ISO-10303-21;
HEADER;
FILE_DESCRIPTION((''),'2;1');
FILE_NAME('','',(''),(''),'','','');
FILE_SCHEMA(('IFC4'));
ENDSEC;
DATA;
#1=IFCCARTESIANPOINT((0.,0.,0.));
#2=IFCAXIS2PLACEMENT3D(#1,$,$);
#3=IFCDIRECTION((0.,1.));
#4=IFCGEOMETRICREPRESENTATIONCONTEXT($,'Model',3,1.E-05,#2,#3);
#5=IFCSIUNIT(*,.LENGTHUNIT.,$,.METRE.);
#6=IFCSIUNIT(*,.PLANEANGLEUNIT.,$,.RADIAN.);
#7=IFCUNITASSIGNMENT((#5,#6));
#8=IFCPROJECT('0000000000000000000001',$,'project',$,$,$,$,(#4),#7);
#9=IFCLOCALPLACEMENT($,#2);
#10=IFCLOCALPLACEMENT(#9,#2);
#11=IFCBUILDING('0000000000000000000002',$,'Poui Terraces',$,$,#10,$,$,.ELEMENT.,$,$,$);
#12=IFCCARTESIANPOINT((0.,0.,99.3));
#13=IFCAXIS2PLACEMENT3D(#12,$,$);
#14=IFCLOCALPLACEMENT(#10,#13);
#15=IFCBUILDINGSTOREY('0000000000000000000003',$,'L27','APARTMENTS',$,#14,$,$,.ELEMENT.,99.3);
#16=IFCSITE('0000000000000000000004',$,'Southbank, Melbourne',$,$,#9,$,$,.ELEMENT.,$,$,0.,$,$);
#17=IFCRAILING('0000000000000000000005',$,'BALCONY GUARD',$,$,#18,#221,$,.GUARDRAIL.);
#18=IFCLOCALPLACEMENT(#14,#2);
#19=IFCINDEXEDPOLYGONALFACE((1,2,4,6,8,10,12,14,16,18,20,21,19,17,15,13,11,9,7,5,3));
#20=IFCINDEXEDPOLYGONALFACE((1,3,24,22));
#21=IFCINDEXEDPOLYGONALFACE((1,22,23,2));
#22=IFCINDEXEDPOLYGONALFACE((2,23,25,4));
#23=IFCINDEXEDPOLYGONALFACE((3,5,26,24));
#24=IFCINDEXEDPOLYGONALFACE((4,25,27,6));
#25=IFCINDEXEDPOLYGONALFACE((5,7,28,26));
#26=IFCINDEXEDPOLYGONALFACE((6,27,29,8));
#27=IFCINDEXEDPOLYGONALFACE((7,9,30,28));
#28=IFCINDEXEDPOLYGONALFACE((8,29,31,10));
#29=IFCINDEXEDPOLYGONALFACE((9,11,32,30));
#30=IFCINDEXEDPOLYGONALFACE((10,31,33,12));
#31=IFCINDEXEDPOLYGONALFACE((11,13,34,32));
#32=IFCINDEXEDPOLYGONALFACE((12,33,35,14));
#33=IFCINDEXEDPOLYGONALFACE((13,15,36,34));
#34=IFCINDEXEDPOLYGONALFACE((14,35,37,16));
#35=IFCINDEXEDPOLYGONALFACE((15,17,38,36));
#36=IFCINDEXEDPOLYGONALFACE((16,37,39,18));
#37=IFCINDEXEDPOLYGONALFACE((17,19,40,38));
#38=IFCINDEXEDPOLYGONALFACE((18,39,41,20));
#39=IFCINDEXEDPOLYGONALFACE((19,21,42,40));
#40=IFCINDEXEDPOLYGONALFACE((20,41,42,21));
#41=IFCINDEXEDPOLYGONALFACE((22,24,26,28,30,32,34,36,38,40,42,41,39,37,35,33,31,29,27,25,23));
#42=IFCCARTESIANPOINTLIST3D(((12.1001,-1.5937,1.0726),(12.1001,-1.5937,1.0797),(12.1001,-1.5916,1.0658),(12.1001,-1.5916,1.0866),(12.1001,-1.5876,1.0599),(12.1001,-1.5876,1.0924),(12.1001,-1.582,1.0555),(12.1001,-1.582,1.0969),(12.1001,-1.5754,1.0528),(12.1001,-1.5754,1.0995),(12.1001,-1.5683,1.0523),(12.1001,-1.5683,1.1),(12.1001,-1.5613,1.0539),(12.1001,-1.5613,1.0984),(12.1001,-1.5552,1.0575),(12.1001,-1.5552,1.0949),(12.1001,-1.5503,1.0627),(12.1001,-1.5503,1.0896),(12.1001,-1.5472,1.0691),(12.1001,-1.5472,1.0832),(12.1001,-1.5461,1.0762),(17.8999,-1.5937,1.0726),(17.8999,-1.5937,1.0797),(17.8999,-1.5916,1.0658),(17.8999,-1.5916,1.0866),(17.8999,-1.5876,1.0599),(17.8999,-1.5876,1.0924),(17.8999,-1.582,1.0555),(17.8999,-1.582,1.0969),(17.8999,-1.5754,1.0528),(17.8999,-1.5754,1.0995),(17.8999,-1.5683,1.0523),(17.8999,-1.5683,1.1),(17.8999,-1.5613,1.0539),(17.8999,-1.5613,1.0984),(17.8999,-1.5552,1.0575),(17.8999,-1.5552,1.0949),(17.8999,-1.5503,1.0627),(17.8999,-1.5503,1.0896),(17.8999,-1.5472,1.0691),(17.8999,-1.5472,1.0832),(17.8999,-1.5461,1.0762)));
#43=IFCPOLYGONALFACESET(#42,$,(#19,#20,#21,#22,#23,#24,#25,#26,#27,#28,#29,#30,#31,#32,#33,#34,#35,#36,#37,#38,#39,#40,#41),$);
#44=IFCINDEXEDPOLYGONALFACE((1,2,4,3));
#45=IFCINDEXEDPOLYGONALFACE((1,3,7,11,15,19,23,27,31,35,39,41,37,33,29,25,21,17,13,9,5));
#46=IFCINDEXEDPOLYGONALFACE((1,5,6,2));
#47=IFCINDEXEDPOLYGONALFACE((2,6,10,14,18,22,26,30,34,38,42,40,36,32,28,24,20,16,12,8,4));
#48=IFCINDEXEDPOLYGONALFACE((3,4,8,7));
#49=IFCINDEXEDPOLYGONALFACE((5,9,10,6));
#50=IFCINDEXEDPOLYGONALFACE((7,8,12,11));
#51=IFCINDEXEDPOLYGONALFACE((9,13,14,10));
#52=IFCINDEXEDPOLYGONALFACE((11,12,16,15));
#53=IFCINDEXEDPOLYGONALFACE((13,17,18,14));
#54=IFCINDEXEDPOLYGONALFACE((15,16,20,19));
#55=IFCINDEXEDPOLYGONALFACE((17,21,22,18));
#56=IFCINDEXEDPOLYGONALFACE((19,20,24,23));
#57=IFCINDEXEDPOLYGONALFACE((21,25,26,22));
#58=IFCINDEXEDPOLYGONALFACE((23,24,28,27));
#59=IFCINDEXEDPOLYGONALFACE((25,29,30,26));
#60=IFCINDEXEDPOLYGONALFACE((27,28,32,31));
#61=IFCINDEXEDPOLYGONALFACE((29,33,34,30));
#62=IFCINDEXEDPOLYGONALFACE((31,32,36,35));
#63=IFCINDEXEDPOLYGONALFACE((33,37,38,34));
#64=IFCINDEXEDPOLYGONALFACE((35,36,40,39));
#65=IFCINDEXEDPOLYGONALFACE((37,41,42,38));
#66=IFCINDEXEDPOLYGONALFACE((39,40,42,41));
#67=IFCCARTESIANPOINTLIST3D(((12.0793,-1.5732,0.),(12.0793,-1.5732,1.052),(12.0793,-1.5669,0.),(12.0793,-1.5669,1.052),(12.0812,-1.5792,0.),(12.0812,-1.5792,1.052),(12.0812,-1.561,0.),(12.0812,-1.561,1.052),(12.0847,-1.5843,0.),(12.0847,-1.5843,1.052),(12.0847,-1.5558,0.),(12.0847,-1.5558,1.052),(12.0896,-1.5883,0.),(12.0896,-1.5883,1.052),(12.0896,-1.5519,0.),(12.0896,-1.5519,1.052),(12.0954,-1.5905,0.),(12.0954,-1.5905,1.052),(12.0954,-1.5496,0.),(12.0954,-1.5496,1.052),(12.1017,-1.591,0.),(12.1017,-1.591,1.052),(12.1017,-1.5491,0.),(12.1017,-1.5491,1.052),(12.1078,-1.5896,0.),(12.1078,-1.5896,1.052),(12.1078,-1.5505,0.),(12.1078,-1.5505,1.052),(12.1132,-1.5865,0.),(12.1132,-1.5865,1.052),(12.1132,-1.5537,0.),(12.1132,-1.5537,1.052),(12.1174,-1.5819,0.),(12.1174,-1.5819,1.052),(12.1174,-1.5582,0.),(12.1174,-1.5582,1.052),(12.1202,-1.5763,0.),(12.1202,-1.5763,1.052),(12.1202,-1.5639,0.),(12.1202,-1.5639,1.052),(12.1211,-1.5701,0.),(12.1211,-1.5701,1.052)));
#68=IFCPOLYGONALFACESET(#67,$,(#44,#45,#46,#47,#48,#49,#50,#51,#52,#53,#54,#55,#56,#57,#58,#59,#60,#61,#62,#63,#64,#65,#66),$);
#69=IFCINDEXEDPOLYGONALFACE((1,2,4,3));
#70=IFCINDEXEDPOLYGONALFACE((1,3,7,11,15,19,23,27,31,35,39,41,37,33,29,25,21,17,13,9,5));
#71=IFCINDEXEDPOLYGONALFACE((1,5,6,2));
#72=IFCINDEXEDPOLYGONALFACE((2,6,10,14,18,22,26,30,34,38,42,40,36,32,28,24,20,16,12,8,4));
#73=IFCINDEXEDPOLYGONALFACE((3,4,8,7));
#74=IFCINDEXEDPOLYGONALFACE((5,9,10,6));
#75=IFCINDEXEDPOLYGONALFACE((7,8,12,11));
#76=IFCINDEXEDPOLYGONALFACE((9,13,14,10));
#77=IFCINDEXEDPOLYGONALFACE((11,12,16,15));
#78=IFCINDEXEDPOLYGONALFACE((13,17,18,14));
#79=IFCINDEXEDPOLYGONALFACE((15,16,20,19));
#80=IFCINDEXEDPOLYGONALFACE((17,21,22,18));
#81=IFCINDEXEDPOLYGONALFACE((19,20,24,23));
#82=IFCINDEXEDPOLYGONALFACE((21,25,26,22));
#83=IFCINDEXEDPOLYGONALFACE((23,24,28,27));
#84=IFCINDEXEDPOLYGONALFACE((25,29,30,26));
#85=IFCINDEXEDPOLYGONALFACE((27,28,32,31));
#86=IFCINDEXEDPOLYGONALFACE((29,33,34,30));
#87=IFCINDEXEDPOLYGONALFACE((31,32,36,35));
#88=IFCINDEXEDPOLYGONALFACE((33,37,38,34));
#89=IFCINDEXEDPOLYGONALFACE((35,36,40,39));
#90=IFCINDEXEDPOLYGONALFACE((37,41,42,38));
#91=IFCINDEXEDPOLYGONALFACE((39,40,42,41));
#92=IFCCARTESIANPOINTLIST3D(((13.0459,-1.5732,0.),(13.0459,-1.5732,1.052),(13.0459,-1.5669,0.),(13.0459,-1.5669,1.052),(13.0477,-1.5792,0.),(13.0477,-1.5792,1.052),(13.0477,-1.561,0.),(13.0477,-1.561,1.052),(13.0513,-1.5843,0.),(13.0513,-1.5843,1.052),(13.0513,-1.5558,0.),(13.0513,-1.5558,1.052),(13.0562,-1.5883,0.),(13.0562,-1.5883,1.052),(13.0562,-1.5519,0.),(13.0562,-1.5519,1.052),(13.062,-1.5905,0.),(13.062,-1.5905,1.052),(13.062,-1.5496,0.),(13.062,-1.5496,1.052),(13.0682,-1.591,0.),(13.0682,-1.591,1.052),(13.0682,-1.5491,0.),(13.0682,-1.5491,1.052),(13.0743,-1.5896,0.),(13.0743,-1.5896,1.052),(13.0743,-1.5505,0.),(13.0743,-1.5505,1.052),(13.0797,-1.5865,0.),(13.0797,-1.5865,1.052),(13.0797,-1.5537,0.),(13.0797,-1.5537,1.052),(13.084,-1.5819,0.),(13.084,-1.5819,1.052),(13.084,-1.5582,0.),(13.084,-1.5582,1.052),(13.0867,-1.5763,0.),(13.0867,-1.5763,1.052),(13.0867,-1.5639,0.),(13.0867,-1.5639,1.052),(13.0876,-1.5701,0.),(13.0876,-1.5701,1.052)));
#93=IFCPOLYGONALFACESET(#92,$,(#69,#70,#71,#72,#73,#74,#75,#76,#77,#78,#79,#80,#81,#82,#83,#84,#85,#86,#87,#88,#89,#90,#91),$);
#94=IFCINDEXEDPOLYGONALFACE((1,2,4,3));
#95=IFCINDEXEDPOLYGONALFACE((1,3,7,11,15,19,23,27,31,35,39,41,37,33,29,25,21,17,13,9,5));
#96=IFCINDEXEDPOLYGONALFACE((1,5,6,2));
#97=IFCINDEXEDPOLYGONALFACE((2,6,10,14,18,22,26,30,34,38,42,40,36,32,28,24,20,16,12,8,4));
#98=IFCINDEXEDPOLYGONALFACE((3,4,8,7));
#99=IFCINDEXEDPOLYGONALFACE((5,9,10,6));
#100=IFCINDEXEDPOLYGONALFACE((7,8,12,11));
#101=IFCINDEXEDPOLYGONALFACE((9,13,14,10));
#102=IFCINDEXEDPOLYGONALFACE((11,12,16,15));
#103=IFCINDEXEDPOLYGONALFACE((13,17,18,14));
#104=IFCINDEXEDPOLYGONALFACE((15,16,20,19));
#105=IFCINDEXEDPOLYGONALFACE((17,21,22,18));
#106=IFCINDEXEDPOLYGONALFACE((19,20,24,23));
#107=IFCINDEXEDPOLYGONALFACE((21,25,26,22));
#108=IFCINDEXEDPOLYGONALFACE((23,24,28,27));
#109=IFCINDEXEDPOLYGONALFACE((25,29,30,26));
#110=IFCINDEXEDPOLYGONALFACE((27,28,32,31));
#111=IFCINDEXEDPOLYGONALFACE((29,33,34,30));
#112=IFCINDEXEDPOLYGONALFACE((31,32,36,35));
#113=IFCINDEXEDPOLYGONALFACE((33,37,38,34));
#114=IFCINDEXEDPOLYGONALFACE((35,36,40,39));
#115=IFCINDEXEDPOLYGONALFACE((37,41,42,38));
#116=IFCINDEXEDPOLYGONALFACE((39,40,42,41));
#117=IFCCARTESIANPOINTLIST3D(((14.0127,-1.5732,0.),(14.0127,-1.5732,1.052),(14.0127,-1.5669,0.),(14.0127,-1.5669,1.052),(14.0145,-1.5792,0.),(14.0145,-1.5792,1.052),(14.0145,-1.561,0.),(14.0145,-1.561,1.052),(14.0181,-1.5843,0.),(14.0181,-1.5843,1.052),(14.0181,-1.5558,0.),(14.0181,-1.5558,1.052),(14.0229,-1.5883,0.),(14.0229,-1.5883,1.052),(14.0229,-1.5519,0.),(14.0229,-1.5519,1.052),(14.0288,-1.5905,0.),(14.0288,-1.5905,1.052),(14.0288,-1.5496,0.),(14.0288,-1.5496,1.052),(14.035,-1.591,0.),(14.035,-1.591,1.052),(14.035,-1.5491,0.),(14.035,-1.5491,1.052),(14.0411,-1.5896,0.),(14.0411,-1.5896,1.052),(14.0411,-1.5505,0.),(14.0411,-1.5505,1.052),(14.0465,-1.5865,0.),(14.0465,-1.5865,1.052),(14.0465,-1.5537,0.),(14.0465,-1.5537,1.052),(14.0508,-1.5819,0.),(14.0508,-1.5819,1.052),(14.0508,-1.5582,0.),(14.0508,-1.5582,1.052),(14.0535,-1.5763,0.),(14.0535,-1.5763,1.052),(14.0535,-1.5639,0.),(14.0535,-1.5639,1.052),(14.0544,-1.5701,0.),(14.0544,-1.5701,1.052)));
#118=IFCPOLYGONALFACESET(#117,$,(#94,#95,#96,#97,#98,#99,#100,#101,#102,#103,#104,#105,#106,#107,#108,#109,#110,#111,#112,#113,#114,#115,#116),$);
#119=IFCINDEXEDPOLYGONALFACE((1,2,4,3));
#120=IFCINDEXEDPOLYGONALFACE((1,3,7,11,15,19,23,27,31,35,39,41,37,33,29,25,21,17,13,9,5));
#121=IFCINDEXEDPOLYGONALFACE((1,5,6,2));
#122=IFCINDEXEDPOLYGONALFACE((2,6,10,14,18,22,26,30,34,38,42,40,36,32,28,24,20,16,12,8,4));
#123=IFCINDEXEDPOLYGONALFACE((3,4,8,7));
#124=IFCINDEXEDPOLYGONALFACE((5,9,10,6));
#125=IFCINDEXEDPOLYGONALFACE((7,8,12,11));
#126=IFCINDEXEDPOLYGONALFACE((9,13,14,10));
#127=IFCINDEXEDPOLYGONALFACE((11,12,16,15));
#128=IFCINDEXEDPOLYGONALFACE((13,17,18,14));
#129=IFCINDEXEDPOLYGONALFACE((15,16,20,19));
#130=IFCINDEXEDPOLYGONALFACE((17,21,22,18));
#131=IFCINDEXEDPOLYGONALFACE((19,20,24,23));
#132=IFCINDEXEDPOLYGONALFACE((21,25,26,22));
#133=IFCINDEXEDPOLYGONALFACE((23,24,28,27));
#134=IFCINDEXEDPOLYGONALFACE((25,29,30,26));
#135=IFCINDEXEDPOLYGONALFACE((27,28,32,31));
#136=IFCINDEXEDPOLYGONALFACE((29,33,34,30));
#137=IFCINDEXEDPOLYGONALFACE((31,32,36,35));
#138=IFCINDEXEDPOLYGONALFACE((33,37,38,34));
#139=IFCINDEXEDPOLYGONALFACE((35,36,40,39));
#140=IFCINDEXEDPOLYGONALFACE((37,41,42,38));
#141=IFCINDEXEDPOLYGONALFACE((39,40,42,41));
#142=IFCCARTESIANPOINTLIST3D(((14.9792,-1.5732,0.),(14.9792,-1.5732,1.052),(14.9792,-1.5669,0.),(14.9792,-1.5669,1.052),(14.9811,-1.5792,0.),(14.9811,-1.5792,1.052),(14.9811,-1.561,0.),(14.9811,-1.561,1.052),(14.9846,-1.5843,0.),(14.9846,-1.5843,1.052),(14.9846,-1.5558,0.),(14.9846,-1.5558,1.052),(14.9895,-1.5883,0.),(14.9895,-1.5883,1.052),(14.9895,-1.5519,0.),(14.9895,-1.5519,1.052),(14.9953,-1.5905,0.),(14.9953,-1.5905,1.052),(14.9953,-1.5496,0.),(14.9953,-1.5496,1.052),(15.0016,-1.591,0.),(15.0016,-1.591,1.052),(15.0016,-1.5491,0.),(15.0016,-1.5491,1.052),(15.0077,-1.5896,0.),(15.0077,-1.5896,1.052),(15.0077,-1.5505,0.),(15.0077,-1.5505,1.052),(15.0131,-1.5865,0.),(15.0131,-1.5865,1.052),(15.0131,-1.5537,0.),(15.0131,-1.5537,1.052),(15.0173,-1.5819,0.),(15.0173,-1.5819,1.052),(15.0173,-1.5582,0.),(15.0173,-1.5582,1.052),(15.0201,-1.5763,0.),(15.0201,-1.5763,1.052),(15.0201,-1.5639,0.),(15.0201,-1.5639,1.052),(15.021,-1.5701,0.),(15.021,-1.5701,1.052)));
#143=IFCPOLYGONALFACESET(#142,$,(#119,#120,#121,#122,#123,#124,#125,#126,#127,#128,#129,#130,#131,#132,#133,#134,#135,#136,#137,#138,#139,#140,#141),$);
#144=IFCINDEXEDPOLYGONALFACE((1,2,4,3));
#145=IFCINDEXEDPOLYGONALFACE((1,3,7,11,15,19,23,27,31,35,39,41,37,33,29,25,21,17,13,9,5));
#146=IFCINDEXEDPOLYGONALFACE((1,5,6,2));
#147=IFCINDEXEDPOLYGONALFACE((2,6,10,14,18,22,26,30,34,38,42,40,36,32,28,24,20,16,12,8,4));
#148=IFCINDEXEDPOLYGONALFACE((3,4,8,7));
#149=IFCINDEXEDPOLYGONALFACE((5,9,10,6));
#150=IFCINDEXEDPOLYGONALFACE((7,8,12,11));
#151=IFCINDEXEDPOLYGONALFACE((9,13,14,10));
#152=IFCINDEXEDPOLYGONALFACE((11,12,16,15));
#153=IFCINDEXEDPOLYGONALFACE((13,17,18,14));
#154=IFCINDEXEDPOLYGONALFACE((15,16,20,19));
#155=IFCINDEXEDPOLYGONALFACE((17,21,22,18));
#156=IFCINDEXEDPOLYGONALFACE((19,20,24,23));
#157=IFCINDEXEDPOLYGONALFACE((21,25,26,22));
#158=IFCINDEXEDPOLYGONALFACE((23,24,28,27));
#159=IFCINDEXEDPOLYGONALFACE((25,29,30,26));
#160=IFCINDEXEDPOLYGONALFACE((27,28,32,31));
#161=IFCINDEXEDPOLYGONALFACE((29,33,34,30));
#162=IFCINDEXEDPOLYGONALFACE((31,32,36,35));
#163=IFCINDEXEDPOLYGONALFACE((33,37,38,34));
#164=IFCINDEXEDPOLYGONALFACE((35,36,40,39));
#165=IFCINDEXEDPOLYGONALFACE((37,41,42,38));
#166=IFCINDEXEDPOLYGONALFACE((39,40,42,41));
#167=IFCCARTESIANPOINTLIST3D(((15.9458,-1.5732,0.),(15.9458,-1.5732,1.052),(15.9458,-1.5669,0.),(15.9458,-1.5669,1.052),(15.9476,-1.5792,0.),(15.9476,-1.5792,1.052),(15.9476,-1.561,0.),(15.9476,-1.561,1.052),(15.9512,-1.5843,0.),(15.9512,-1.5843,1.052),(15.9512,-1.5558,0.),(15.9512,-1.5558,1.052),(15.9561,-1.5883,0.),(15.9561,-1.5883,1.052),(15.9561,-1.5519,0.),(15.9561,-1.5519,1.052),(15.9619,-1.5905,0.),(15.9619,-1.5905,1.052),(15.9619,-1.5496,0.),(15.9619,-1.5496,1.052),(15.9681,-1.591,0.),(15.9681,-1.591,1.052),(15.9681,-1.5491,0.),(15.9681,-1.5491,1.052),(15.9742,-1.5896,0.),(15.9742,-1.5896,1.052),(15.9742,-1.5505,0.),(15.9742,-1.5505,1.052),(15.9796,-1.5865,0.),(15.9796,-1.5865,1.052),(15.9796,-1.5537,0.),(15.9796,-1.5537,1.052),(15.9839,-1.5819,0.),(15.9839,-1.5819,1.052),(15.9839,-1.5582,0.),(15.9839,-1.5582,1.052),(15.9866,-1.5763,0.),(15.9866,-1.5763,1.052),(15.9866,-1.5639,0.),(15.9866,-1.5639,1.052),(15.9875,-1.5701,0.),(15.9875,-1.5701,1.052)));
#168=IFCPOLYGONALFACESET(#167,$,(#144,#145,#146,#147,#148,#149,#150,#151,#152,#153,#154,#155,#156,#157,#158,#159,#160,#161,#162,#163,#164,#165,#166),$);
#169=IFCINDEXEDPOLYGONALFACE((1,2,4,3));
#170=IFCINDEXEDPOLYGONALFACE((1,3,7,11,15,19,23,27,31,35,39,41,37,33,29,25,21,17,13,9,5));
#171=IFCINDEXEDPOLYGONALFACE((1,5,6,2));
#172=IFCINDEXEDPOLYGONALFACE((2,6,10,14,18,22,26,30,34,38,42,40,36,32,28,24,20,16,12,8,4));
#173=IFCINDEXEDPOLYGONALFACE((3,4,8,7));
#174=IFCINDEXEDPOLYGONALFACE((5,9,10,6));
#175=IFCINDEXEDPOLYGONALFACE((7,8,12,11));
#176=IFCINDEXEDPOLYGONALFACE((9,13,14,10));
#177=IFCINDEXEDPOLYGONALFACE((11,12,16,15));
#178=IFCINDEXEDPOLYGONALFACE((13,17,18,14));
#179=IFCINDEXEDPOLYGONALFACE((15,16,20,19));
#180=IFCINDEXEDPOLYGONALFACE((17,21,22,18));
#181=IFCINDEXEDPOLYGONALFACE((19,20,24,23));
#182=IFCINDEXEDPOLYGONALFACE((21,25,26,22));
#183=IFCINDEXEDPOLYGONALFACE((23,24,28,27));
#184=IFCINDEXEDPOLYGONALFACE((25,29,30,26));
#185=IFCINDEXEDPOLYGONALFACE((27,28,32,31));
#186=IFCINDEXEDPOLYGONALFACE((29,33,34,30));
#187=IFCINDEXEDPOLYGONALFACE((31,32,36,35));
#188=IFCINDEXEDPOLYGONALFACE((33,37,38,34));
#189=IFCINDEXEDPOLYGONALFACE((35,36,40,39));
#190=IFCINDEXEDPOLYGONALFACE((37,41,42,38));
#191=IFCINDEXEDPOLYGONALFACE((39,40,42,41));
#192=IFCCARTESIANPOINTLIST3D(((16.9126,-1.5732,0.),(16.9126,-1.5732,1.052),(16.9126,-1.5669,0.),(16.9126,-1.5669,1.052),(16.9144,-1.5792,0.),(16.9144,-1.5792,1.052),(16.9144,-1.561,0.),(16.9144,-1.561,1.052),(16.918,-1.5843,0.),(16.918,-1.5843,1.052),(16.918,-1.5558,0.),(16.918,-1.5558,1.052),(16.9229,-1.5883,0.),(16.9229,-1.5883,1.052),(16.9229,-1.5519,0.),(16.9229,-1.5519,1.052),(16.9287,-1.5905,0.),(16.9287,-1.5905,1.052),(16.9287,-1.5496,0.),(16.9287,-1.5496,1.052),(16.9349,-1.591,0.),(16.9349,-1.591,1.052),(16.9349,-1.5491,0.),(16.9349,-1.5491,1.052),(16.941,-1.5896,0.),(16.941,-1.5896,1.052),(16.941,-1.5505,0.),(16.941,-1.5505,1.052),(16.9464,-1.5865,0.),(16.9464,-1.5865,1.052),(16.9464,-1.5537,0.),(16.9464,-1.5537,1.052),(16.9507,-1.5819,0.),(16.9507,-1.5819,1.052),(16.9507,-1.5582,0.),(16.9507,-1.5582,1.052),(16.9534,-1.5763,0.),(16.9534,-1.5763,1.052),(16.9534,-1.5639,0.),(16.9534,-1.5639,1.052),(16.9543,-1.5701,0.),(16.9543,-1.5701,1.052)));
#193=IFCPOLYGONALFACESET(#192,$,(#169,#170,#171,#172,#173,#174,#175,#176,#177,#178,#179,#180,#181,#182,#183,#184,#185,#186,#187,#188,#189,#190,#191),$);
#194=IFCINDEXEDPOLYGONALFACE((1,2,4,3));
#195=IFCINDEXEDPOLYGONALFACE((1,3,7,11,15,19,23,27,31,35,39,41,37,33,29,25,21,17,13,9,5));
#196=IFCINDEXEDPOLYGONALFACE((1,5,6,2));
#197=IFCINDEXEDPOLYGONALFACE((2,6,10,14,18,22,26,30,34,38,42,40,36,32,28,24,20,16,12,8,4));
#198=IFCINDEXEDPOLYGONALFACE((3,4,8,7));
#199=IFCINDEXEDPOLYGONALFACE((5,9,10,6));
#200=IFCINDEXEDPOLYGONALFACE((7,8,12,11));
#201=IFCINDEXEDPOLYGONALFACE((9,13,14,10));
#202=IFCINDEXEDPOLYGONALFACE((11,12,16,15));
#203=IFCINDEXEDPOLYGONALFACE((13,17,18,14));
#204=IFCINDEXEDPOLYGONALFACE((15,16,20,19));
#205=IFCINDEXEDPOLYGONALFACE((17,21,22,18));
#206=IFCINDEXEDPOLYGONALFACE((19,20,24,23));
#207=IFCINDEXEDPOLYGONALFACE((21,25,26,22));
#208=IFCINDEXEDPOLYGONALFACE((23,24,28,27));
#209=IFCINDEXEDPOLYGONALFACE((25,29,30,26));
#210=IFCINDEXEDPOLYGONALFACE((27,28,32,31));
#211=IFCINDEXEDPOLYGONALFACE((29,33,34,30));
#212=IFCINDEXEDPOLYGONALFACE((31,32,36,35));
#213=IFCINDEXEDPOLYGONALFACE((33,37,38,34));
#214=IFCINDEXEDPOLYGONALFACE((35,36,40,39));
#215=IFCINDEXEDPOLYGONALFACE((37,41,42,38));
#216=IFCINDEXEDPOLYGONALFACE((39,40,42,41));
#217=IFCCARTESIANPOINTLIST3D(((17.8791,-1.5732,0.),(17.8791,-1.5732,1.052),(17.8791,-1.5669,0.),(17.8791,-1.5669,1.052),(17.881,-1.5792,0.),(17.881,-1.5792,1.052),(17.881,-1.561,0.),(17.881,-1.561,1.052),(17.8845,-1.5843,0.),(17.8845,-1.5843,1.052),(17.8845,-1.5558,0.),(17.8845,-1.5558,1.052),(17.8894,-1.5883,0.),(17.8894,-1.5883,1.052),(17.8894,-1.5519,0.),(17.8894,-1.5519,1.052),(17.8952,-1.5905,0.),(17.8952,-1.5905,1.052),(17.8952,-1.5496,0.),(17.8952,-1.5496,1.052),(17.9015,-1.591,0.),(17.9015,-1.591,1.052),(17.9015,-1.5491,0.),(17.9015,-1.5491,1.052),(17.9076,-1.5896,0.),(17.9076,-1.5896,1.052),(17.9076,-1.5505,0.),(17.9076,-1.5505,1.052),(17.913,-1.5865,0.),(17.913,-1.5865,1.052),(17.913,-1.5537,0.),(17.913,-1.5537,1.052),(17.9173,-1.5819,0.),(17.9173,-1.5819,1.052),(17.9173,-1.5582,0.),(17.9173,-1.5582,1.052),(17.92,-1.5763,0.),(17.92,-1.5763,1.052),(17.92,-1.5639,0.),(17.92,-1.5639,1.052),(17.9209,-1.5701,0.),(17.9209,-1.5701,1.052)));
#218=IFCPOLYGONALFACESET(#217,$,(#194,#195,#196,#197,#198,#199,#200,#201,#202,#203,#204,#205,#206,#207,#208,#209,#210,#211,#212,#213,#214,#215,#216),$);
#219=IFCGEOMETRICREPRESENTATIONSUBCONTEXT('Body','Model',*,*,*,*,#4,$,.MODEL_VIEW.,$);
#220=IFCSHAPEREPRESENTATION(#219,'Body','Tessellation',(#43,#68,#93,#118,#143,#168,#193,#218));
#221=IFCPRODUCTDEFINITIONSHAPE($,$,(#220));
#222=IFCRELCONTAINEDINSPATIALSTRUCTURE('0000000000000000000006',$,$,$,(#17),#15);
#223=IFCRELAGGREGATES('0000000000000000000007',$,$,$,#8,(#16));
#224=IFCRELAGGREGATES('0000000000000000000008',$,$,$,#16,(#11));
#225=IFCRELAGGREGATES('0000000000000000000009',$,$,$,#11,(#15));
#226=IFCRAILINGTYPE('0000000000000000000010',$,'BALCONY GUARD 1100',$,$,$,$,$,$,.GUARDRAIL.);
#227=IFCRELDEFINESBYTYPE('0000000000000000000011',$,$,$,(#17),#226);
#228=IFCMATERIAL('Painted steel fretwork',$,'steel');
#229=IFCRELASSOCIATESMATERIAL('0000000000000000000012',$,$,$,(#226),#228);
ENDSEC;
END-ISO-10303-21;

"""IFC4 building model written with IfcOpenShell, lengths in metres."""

from ifc_helpers import new_model, si_unit, direction, frame, origin, origin_2d, place, context, subcontext, project, spatial, circle, extrude, material, type_object, element, save


model = new_model("IFC4")

# Units and contexts
model_context = context("Model", 3, precision=1e-05, world=origin(), true_north=direction((0.0, 1.0)))
body_context = subcontext(model_context, "Body", "Model", "MODEL_VIEW")
ifc_project = project(units=[si_unit("LENGTHUNIT", "METRE"), si_unit("PLANEANGLEUNIT", "RADIAN")], contexts=[model_context])

# Site, building, storey
site_placement = place(None, origin())
site = spatial("IfcSite", under=ifc_project, at=site_placement, Name="Southbank, Melbourne", CompositionType="ELEMENT", RefElevation=0.0)
building_placement = place(site_placement, origin())
building = spatial("IfcBuilding", under=site, at=building_placement, Name="Poui Terraces", CompositionType="ELEMENT")
storey_placement = place(building_placement, frame((0.0, 0.0, 99.3)))
storey = spatial("IfcBuildingStorey", under=building, at=storey_placement, Name="L27", Description="APARTMENTS", CompositionType="ELEMENT", Elevation=99.3)

# Railing
ifc_material_1 = material(Name="Painted steel fretwork", Category="steel")
railing_type = type_object("IfcRailingType", Name="BALCONY GUARD 1100", PredefinedType="GUARDRAIL", material=ifc_material_1)
railing_placement = place(storey_placement, frame((12.1001, -1.5701, 0.0)))
element("IfcRailing", 1, at=railing_placement, inside=storey, type_object=railing_type, Name="BALCONY GUARD", PredefinedType="GUARDRAIL", context=body_context, shape_type="SweptSolid", body=[
    extrude(circle(Radius=0.0239, at=origin_2d()), frame((0.0, 0.0, 1.0762), z_axis=(1.0, 0.0, 0.0), x_axis=(0.0, 1.0, 0.0)), (0.0, 0.0, 1.0), 5.7998),
    extrude(circle(Radius=0.021, at=origin_2d()), origin(), (0.0, 0.0, 1.0), 1.052),
    extrude(circle(Radius=0.021, at=origin_2d()), frame((0.9666, 0.0, 0.0)), (0.0, 0.0, 1.0), 1.052),
    extrude(circle(Radius=0.021, at=origin_2d()), frame((1.9333, 0.0, 0.0)), (0.0, 0.0, 1.0), 1.052),
    extrude(circle(Radius=0.021, at=origin_2d()), frame((2.8999, 0.0, 0.0)), (0.0, 0.0, 1.0), 1.052),
    extrude(circle(Radius=0.021, at=origin_2d()), frame((3.8665, 0.0, 0.0)), (0.0, 0.0, 1.0), 1.052),
    extrude(circle(Radius=0.021, at=origin_2d()), frame((4.8333, 0.0, 0.0)), (0.0, 0.0, 1.0), 1.052),
    extrude(circle(Radius=0.021, at=origin_2d()), frame((5.7998, 0.0, 0.0)), (0.0, 0.0, 1.0), 1.052),
])

save(model, "model.ifc")
